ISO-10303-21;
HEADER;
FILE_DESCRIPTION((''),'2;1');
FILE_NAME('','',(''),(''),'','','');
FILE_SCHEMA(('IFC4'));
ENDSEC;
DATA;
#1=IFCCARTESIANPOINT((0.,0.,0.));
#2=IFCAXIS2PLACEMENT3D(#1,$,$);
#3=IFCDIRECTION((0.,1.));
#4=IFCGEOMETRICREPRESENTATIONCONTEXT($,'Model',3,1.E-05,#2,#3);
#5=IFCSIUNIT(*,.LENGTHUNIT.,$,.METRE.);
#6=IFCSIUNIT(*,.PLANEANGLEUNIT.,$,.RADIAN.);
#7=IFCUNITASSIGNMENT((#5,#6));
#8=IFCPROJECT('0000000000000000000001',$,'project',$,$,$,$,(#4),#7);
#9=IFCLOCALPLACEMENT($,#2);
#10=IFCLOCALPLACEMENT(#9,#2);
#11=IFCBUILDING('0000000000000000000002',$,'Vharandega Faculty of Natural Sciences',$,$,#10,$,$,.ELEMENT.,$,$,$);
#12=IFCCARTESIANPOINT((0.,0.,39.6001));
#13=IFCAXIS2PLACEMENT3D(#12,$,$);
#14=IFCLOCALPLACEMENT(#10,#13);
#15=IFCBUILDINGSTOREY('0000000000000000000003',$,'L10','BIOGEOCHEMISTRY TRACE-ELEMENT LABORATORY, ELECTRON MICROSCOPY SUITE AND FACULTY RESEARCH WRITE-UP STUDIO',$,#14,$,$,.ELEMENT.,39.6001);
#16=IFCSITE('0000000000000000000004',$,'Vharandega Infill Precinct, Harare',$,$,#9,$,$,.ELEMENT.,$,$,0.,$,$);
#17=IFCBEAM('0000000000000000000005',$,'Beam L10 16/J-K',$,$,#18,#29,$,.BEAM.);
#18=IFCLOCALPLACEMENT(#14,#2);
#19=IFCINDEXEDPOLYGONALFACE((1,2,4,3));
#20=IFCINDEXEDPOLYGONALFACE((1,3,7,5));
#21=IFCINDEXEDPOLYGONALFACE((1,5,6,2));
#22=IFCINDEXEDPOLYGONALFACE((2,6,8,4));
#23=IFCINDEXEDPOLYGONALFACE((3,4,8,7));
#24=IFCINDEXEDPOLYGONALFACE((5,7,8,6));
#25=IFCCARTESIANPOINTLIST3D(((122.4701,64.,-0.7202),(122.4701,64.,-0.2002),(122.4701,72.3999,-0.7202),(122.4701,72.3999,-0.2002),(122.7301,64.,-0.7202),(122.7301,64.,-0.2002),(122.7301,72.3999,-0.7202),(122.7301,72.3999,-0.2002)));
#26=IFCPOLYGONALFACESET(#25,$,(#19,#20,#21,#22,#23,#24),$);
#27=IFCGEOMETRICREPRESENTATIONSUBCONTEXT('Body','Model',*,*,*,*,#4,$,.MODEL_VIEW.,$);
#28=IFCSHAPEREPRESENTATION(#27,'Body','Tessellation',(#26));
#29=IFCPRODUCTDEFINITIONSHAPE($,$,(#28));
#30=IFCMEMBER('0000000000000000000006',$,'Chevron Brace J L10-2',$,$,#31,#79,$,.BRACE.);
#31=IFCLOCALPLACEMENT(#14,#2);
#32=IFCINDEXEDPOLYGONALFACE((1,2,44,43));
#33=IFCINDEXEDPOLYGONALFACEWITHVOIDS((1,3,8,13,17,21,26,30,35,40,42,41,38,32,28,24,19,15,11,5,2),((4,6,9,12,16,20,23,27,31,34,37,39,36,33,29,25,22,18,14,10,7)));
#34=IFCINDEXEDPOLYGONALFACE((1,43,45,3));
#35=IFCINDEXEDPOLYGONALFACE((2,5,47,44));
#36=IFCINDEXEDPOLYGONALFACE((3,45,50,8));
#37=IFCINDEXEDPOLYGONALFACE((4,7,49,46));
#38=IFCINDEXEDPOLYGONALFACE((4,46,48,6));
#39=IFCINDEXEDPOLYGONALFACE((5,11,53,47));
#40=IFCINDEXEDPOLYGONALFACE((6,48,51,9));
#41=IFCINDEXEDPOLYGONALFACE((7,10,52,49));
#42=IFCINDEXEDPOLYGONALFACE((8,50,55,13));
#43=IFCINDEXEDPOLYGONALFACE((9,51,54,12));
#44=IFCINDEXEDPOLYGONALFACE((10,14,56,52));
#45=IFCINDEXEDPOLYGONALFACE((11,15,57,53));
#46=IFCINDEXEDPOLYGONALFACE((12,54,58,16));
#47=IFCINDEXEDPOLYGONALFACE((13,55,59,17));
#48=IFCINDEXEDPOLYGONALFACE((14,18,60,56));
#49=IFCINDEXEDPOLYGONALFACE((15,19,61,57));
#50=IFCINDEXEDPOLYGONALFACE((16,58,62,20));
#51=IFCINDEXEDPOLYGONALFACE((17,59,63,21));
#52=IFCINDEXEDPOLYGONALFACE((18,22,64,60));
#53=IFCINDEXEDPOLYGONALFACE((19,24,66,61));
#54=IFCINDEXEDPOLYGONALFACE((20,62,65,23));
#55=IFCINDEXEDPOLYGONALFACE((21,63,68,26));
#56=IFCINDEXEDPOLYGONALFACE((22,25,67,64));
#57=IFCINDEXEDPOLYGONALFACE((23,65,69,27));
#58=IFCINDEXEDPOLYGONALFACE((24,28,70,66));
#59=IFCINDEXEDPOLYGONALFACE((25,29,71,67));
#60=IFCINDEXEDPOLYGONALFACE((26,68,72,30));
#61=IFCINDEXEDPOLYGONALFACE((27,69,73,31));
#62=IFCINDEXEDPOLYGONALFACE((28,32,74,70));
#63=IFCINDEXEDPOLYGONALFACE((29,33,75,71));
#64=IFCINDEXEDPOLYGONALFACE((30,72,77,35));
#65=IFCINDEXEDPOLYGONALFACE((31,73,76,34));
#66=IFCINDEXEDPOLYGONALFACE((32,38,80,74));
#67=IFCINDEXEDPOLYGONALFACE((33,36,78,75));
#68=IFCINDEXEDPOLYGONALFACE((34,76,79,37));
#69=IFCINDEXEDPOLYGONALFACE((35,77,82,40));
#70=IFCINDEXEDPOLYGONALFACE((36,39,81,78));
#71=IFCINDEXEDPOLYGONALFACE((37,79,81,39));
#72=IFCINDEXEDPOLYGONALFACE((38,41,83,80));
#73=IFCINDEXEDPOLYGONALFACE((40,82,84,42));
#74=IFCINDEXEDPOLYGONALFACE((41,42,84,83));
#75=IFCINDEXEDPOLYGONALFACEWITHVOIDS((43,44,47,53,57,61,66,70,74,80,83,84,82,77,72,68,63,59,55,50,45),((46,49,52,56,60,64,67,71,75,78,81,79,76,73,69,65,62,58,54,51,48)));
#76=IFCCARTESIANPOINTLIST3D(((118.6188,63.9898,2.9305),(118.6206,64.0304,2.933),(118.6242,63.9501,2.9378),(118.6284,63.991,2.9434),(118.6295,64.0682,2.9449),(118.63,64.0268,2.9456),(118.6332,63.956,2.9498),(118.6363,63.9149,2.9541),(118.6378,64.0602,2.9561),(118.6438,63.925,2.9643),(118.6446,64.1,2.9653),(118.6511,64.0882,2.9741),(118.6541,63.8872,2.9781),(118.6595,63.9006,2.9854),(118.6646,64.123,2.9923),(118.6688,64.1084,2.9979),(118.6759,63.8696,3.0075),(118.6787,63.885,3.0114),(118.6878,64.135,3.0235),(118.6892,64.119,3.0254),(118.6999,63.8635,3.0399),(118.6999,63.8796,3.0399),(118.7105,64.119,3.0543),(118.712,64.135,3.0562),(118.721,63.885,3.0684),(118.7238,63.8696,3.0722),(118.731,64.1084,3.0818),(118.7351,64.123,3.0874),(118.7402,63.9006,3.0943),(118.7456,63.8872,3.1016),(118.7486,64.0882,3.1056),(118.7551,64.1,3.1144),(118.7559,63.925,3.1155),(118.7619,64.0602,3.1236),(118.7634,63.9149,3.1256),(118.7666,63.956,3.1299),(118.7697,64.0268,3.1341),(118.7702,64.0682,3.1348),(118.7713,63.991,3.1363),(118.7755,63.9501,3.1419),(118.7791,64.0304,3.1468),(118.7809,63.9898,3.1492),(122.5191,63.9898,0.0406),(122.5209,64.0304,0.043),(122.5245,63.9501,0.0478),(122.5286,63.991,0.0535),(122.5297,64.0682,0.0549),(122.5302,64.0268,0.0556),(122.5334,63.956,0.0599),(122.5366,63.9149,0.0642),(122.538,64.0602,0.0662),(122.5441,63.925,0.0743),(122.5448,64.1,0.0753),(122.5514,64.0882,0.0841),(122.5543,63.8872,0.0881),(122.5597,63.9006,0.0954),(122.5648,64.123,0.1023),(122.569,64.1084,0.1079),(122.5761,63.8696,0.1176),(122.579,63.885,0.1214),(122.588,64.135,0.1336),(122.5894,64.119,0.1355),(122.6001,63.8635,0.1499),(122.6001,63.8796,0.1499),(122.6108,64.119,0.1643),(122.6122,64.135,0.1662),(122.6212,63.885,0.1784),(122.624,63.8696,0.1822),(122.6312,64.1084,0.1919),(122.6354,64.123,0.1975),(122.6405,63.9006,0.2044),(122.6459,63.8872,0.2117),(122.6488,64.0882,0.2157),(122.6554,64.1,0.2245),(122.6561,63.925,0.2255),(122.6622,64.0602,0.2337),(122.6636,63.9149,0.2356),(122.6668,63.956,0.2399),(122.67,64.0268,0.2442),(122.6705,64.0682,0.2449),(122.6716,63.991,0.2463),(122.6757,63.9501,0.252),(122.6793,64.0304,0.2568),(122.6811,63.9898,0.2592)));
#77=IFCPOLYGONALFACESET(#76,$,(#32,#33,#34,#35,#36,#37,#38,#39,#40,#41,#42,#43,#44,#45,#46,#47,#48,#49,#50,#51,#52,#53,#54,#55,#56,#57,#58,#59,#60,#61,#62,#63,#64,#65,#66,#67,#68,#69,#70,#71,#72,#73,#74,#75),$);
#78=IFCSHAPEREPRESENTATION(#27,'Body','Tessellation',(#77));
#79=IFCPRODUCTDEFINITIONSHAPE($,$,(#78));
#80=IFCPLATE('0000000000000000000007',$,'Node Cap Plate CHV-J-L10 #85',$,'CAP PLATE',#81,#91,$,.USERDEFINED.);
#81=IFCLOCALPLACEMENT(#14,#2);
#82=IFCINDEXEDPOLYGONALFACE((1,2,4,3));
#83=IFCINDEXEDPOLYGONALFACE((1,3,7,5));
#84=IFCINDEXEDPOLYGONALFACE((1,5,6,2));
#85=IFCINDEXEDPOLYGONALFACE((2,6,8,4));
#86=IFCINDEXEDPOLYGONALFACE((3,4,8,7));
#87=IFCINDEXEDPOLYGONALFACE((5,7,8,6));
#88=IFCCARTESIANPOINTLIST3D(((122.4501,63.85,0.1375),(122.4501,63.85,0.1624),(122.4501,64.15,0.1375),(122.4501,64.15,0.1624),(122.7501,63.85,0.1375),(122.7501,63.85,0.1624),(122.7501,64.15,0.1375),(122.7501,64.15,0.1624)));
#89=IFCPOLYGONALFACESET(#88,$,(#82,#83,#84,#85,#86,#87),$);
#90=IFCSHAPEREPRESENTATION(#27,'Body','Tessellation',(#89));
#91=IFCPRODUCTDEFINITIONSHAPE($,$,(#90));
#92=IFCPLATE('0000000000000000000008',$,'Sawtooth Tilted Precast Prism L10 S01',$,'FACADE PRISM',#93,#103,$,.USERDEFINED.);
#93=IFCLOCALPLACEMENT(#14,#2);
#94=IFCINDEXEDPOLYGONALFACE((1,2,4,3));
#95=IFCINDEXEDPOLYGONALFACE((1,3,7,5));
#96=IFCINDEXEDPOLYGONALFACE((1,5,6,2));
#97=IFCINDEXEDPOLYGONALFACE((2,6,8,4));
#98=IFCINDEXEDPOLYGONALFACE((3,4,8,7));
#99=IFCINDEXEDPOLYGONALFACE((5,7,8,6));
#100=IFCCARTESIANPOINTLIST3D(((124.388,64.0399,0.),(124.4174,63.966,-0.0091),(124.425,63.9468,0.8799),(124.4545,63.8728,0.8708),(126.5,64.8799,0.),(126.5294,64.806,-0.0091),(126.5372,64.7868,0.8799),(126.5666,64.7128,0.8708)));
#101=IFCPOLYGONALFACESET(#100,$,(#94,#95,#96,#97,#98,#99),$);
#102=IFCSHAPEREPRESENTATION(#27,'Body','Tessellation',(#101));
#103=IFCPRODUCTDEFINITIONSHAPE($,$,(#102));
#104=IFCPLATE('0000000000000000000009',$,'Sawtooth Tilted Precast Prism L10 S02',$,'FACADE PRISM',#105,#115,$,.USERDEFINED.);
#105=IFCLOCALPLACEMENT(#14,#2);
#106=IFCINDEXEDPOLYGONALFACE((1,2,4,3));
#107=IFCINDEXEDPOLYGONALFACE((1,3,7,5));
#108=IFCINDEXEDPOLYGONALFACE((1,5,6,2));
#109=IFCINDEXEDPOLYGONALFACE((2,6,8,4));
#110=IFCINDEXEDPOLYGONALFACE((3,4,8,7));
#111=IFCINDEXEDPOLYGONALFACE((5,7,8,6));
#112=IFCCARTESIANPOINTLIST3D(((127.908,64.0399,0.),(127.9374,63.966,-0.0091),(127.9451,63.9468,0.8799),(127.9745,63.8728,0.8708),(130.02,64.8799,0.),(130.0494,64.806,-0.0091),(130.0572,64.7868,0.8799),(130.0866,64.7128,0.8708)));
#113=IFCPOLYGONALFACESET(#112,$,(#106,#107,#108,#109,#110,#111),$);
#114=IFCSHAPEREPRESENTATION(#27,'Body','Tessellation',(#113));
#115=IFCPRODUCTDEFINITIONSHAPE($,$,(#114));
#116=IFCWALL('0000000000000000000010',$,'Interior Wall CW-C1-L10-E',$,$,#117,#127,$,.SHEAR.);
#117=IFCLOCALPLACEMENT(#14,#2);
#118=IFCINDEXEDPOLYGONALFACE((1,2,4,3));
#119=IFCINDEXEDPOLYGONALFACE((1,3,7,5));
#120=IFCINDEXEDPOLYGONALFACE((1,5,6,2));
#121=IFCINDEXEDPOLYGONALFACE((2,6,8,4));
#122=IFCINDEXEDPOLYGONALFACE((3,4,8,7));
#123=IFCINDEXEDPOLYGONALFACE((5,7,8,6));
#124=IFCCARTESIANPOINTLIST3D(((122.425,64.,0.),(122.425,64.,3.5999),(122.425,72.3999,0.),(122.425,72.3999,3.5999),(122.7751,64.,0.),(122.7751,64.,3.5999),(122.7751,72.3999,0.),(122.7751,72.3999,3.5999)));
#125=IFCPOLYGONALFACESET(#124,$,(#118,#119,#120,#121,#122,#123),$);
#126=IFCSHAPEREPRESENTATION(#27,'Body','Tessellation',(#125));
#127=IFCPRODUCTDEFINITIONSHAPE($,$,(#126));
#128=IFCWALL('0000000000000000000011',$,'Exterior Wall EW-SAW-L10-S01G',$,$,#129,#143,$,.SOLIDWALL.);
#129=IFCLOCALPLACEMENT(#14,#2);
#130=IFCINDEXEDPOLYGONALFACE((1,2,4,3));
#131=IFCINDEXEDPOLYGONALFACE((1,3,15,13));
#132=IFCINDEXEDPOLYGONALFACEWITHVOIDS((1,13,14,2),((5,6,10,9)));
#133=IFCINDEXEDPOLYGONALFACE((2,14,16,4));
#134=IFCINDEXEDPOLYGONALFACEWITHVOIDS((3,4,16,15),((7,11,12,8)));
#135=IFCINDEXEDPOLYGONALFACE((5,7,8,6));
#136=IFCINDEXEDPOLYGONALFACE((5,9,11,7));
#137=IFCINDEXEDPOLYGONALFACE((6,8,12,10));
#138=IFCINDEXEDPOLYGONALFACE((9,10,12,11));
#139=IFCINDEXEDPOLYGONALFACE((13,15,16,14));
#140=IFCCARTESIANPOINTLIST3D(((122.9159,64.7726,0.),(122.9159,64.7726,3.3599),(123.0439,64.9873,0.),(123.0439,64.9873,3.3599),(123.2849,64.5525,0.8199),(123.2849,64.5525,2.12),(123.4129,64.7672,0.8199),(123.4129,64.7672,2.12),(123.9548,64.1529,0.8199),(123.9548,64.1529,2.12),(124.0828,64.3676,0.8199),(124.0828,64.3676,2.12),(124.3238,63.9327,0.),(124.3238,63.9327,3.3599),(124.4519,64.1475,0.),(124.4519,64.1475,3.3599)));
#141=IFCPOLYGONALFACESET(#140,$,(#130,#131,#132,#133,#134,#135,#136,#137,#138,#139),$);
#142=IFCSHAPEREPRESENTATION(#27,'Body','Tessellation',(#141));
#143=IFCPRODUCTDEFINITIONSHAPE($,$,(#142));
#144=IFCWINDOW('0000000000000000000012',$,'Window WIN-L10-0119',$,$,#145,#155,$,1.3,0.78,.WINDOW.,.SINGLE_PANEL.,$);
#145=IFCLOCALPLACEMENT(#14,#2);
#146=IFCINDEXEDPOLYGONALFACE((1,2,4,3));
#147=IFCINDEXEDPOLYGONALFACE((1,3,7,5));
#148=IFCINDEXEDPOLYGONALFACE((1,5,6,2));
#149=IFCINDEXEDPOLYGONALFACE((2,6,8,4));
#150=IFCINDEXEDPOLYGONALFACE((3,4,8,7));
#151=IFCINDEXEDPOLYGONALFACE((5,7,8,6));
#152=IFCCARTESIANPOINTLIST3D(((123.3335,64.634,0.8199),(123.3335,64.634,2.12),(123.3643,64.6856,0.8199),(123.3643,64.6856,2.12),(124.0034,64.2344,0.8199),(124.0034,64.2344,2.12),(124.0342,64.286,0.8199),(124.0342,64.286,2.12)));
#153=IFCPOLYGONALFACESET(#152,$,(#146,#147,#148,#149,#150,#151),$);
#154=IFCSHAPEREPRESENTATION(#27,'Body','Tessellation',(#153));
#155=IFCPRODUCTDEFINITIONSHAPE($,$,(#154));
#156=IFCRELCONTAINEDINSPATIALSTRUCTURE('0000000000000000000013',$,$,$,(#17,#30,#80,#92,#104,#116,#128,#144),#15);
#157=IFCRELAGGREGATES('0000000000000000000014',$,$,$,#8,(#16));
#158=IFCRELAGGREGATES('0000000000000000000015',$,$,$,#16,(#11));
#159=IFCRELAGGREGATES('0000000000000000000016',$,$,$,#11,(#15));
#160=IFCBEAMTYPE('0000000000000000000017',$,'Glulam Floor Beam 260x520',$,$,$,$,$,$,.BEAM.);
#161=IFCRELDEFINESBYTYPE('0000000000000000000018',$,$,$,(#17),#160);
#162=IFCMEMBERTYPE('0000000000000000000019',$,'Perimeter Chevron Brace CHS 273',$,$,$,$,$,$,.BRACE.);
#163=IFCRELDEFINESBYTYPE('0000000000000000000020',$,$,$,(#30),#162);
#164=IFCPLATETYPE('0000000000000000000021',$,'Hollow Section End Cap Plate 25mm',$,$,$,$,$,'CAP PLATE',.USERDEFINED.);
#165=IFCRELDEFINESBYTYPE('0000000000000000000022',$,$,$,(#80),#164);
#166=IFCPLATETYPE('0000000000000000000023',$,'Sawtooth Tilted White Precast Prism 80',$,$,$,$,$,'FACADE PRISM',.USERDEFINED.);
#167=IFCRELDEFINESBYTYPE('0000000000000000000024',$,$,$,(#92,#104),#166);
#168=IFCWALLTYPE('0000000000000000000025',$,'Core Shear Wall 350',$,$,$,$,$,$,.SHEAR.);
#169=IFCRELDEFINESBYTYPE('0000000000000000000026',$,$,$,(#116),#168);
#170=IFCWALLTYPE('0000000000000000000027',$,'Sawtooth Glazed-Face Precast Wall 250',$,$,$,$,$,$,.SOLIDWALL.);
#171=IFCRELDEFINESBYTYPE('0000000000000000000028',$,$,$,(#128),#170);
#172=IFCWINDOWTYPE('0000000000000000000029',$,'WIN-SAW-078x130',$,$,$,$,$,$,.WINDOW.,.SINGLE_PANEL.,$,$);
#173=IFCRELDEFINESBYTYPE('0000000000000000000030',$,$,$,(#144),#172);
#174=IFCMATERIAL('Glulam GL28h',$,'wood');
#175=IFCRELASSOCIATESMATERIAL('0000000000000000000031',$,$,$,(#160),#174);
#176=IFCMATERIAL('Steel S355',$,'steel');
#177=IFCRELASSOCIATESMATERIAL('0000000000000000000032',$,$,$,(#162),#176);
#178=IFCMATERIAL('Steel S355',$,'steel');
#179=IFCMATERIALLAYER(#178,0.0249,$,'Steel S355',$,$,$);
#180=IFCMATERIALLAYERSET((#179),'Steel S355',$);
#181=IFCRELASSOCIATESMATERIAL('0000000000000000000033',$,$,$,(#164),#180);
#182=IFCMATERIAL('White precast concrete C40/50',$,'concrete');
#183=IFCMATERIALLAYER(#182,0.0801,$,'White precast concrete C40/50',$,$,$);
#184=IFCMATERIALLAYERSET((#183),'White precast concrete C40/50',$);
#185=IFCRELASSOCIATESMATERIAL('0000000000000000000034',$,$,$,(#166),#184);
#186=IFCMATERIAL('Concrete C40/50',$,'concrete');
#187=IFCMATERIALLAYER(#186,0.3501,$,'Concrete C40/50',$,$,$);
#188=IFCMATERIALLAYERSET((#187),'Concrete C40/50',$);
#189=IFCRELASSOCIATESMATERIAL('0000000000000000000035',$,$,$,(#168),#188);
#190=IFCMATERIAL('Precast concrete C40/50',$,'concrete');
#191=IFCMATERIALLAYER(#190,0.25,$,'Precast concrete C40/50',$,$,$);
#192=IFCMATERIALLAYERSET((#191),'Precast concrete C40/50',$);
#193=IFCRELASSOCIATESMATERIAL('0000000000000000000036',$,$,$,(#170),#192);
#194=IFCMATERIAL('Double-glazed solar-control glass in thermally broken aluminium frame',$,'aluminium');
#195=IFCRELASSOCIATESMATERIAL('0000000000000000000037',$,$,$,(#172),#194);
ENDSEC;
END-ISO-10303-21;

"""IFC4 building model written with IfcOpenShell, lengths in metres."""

from ifc_helpers import new_model, si_unit, direction, frame, frame_2d, origin, origin_2d, place, context, subcontext, project, spatial, polyline, rectangle, hollow_circle, outline, extrude, material, layer, layer_set, material_profile, profile_set, type_object, element, fill, save


model = new_model("IFC4")

# Units and contexts
model_context = context("Model", 3, precision=1e-05, world=origin(), true_north=direction((0.0, 1.0)))
body_context = subcontext(model_context, "Body", "Model", "MODEL_VIEW")
ifc_project = project(units=[si_unit("LENGTHUNIT", "METRE"), si_unit("PLANEANGLEUNIT", "RADIAN")], contexts=[model_context])

# Site, building, storey
site_placement = place(None, origin())
site = spatial("IfcSite", under=ifc_project, at=site_placement, Name="Vharandega Infill Precinct, Harare", CompositionType="ELEMENT", RefElevation=0.0)
building_placement = place(site_placement, origin())
building = spatial("IfcBuilding", under=site, at=building_placement, Name="Vharandega Faculty of Natural Sciences", CompositionType="ELEMENT")
storey_placement = place(building_placement, frame((0.0, 0.0, 39.6001)))
storey = spatial("IfcBuildingStorey", under=building, at=storey_placement, Name="L10", Description="BIOGEOCHEMISTRY TRACE-ELEMENT LABORATORY, ELECTRON MICROSCOPY SUITE AND FACULTY RESEARCH WRITE-UP STUDIO", CompositionType="ELEMENT", Elevation=39.6001)

# Beam
ifc_material_1 = material(Name="Glulam GL28h", Category="wood")
ifc_material_profile_1 = material_profile(ifc_material_1, rectangle(XDim=0.26, YDim=0.52, at=origin_2d()), Name="GL28h 260x520")
ifc_profile_set_1 = profile_set([ifc_material_profile_1], Name="Glulam GL28h")
beam_type = type_object("IfcBeamType", Name="Glulam Floor Beam 260x520", PredefinedType="BEAM", material=ifc_profile_set_1)
beam_placement = place(storey_placement, frame((122.6001, 64.0, -0.4602), z_axis=(0.0, 1.0, 0.0), x_axis=(-1.0, 0.0, 0.0)))
element("IfcBeam", 1, at=beam_placement, inside=storey, type_object=beam_type, Name="Beam L10 16/J-K", PredefinedType="BEAM", context=body_context, shape_type="SweptSolid", body=[
    extrude(rectangle(XDim=0.26, YDim=0.52, at=origin_2d()), origin(), (0.0, 0.0, 1.0), 8.3999),
])

# Member
ifc_material_2 = material(Name="Steel S355", Category="steel")
ifc_material_profile_2 = material_profile(ifc_material_2, hollow_circle(Radius=0.1365, WallThickness=0.0161, at=origin_2d()), Name="CHS 273x16")
ifc_profile_set_2 = profile_set([ifc_material_profile_2], Name="Steel S355")
member_type = type_object("IfcMemberType", Name="Perimeter Chevron Brace CHS 273", PredefinedType="BRACE", material=ifc_profile_set_2)
member_placement = place(storey_placement, frame((122.6001, 64.0, 0.1499), z_axis=(-0.803469, 0.0, 0.595347), x_axis=(0.0, -1.0, 0.0)))
element("IfcMember", 2, at=member_placement, inside=storey, type_object=member_type, Name="Chevron Brace J L10-2", PredefinedType="BRACE", context=body_context, shape_type="SweptSolid", body=[
    extrude(hollow_circle(Radius=0.1365, WallThickness=0.0161, at=origin_2d()), origin(), (0.0, 0.0, 1.0), 4.8542),
])

# Plates
ifc_material_3 = material(Name="Steel S355", Category="steel")
ifc_layer_1 = layer(ifc_material_3, 0.0249, Name="Steel S355")
ifc_layer_set_1 = layer_set([ifc_layer_1], Name="Steel S355")
plate_type_1 = type_object("IfcPlateType", Name="Hollow Section End Cap Plate 25mm", ElementType="CAP PLATE", PredefinedType="USERDEFINED", material=ifc_layer_set_1)
plate_placement = place(storey_placement, frame((122.6001, 64.0, 0.1375), z_axis=(0.0, 0.0, 1.0), x_axis=(1.0, 0.0, 0.0)))
element("IfcPlate", 3, at=plate_placement, inside=storey, type_object=plate_type_1, Name="Node Cap Plate CHV-J-L10 #85", ObjectType="CAP PLATE", PredefinedType="USERDEFINED", context=body_context, shape_type="SweptSolid", body=[
    extrude(rectangle(XDim=0.3, YDim=0.3, at=origin_2d()), origin(), (0.0, 0.0, 1.0), 0.0249),
])
ifc_material_4 = material(Name="White precast concrete C40/50", Category="concrete")
ifc_layer_2 = layer(ifc_material_4, 0.0801, Name="White precast concrete C40/50")
ifc_layer_set_2 = layer_set([ifc_layer_2], Name="White precast concrete C40/50")
plate_type_2 = type_object("IfcPlateType", Name="Sawtooth Tilted White Precast Prism 80", ElementType="FACADE PRISM", PredefinedType="USERDEFINED", material=ifc_layer_set_2)
for number, where, z_axis, x_axis, name in (
    (4, (126.5, 64.8799, 0.0), (-0.367171, 0.923238, 0.113215), (0.041952, -0.105155, 0.993571), "Sawtooth Tilted Precast Prism L10 S01"),
    (5, (130.02, 64.8799, 0.0), (-0.367171, 0.923238, 0.113215), (0.041952, -0.105155, 0.993571), "Sawtooth Tilted Precast Prism L10 S02"),
):
    element("IfcPlate", number, at=place(storey_placement, frame(where, z_axis=z_axis, x_axis=x_axis)), inside=storey, type_object=plate_type_2, Name=name, ObjectType="FACADE PRISM", PredefinedType="USERDEFINED", context=body_context, shape_type="SweptSolid", body=[
        extrude(outline(polyline([(0.0, 0.0), (0.8856, 0.0), (0.8853, -2.273), (-0.0003, -2.2729), (0.0, 0.0)])), origin(), (0.0, 0.0, -1.0), 0.0801),
    ])

# Wall
ifc_material_5 = material(Name="Concrete C40/50", Category="concrete")
ifc_layer_3 = layer(ifc_material_5, 0.3501, Name="Concrete C40/50")
ifc_layer_set_3 = layer_set([ifc_layer_3], Name="Concrete C40/50")
wall_type_1 = type_object("IfcWallType", Name="Core Shear Wall 350", PredefinedType="SHEAR", material=ifc_layer_set_3)
wall_1_placement = place(storey_placement, frame((122.6001, 64.0, 0.0), z_axis=(0.0, 0.0, 1.0), x_axis=(0.0, 1.0, 0.0)))
element("IfcWall", 6, at=wall_1_placement, inside=storey, type_object=wall_type_1, Name="Interior Wall CW-C1-L10-E", PredefinedType="SHEAR", context=body_context, shape_type="SweptSolid", body=[
    extrude(rectangle(XDim=8.3999, YDim=0.3501, at=frame_2d((4.2, 0.0))), origin(), (0.0, 0.0, 1.0), 3.5999),
])

# Wall, opening, window
ifc_material_6 = material(Name="Precast concrete C40/50", Category="concrete")
ifc_layer_4 = layer(ifc_material_6, 0.25, Name="Precast concrete C40/50")
ifc_layer_set_4 = layer_set([ifc_layer_4], Name="Precast concrete C40/50")
wall_type_2 = type_object("IfcWallType", Name="Sawtooth Glazed-Face Precast Wall 250", PredefinedType="SOLIDWALL", material=ifc_layer_set_4)
wall_2_placement = place(storey_placement, frame((124.3879, 64.04, 0.0), z_axis=(0.0, 0.0, 1.0), x_axis=(-0.858817, 0.512282, 0.0)))
wall_2 = element("IfcWall", 7, at=wall_2_placement, inside=storey, type_object=wall_type_2, Name="Exterior Wall EW-SAW-L10-S01G", PredefinedType="SOLIDWALL", context=body_context, shape_type="SweptSolid", body=[
    extrude(rectangle(XDim=1.6394, YDim=0.25, at=frame_2d((0.8198, 0.0))), origin(), (0.0, 0.0, 1.0), 3.3599),
])
opening_1_placement = place(wall_2_placement, frame((0.4297, 0.0, 0.8201)))
opening_1 = element("IfcOpeningElement", 8, at=opening_1_placement, cuts=wall_2, PredefinedType="OPENING", context=body_context, shape_type="SweptSolid", body=[
    extrude(rectangle(XDim=0.78, YDim=1.3, at=frame_2d((0.3901, 0.6499))), frame((0.0, 0.135, 0.0), z_axis=(0.0, -1.0, 0.0), x_axis=(1.0, 0.0, 0.0)), (0.0, 0.0, 1.0), 0.27),
])
ifc_material_7 = material(Name="Double-glazed solar-control glass in thermally broken aluminium frame", Category="aluminium")
window_type_1 = type_object("IfcWindowType", Name="WIN-SAW-078x130", PartitioningType="SINGLE_PANEL", PredefinedType="WINDOW", material=ifc_material_7)
window_1_placement = place(opening_1_placement, origin())
window_1 = element("IfcWindow", 9, at=window_1_placement, inside=storey, type_object=window_type_1, Name="Window WIN-L10-0119", OverallHeight=1.3, OverallWidth=0.78, PartitioningType="SINGLE_PANEL", PredefinedType="WINDOW", context=body_context, shape_type="SweptSolid", body=[
    extrude(rectangle(XDim=0.78, YDim=1.3, at=frame_2d((0.3901, 0.6499))), frame((0.0, 0.03, 0.0), z_axis=(0.0, -1.0, 0.0), x_axis=(1.0, 0.0, 0.0)), (0.0, 0.0, 1.0), 0.0601),
])
fill(opening_1, window_1)

save(model, "model.ifc")
